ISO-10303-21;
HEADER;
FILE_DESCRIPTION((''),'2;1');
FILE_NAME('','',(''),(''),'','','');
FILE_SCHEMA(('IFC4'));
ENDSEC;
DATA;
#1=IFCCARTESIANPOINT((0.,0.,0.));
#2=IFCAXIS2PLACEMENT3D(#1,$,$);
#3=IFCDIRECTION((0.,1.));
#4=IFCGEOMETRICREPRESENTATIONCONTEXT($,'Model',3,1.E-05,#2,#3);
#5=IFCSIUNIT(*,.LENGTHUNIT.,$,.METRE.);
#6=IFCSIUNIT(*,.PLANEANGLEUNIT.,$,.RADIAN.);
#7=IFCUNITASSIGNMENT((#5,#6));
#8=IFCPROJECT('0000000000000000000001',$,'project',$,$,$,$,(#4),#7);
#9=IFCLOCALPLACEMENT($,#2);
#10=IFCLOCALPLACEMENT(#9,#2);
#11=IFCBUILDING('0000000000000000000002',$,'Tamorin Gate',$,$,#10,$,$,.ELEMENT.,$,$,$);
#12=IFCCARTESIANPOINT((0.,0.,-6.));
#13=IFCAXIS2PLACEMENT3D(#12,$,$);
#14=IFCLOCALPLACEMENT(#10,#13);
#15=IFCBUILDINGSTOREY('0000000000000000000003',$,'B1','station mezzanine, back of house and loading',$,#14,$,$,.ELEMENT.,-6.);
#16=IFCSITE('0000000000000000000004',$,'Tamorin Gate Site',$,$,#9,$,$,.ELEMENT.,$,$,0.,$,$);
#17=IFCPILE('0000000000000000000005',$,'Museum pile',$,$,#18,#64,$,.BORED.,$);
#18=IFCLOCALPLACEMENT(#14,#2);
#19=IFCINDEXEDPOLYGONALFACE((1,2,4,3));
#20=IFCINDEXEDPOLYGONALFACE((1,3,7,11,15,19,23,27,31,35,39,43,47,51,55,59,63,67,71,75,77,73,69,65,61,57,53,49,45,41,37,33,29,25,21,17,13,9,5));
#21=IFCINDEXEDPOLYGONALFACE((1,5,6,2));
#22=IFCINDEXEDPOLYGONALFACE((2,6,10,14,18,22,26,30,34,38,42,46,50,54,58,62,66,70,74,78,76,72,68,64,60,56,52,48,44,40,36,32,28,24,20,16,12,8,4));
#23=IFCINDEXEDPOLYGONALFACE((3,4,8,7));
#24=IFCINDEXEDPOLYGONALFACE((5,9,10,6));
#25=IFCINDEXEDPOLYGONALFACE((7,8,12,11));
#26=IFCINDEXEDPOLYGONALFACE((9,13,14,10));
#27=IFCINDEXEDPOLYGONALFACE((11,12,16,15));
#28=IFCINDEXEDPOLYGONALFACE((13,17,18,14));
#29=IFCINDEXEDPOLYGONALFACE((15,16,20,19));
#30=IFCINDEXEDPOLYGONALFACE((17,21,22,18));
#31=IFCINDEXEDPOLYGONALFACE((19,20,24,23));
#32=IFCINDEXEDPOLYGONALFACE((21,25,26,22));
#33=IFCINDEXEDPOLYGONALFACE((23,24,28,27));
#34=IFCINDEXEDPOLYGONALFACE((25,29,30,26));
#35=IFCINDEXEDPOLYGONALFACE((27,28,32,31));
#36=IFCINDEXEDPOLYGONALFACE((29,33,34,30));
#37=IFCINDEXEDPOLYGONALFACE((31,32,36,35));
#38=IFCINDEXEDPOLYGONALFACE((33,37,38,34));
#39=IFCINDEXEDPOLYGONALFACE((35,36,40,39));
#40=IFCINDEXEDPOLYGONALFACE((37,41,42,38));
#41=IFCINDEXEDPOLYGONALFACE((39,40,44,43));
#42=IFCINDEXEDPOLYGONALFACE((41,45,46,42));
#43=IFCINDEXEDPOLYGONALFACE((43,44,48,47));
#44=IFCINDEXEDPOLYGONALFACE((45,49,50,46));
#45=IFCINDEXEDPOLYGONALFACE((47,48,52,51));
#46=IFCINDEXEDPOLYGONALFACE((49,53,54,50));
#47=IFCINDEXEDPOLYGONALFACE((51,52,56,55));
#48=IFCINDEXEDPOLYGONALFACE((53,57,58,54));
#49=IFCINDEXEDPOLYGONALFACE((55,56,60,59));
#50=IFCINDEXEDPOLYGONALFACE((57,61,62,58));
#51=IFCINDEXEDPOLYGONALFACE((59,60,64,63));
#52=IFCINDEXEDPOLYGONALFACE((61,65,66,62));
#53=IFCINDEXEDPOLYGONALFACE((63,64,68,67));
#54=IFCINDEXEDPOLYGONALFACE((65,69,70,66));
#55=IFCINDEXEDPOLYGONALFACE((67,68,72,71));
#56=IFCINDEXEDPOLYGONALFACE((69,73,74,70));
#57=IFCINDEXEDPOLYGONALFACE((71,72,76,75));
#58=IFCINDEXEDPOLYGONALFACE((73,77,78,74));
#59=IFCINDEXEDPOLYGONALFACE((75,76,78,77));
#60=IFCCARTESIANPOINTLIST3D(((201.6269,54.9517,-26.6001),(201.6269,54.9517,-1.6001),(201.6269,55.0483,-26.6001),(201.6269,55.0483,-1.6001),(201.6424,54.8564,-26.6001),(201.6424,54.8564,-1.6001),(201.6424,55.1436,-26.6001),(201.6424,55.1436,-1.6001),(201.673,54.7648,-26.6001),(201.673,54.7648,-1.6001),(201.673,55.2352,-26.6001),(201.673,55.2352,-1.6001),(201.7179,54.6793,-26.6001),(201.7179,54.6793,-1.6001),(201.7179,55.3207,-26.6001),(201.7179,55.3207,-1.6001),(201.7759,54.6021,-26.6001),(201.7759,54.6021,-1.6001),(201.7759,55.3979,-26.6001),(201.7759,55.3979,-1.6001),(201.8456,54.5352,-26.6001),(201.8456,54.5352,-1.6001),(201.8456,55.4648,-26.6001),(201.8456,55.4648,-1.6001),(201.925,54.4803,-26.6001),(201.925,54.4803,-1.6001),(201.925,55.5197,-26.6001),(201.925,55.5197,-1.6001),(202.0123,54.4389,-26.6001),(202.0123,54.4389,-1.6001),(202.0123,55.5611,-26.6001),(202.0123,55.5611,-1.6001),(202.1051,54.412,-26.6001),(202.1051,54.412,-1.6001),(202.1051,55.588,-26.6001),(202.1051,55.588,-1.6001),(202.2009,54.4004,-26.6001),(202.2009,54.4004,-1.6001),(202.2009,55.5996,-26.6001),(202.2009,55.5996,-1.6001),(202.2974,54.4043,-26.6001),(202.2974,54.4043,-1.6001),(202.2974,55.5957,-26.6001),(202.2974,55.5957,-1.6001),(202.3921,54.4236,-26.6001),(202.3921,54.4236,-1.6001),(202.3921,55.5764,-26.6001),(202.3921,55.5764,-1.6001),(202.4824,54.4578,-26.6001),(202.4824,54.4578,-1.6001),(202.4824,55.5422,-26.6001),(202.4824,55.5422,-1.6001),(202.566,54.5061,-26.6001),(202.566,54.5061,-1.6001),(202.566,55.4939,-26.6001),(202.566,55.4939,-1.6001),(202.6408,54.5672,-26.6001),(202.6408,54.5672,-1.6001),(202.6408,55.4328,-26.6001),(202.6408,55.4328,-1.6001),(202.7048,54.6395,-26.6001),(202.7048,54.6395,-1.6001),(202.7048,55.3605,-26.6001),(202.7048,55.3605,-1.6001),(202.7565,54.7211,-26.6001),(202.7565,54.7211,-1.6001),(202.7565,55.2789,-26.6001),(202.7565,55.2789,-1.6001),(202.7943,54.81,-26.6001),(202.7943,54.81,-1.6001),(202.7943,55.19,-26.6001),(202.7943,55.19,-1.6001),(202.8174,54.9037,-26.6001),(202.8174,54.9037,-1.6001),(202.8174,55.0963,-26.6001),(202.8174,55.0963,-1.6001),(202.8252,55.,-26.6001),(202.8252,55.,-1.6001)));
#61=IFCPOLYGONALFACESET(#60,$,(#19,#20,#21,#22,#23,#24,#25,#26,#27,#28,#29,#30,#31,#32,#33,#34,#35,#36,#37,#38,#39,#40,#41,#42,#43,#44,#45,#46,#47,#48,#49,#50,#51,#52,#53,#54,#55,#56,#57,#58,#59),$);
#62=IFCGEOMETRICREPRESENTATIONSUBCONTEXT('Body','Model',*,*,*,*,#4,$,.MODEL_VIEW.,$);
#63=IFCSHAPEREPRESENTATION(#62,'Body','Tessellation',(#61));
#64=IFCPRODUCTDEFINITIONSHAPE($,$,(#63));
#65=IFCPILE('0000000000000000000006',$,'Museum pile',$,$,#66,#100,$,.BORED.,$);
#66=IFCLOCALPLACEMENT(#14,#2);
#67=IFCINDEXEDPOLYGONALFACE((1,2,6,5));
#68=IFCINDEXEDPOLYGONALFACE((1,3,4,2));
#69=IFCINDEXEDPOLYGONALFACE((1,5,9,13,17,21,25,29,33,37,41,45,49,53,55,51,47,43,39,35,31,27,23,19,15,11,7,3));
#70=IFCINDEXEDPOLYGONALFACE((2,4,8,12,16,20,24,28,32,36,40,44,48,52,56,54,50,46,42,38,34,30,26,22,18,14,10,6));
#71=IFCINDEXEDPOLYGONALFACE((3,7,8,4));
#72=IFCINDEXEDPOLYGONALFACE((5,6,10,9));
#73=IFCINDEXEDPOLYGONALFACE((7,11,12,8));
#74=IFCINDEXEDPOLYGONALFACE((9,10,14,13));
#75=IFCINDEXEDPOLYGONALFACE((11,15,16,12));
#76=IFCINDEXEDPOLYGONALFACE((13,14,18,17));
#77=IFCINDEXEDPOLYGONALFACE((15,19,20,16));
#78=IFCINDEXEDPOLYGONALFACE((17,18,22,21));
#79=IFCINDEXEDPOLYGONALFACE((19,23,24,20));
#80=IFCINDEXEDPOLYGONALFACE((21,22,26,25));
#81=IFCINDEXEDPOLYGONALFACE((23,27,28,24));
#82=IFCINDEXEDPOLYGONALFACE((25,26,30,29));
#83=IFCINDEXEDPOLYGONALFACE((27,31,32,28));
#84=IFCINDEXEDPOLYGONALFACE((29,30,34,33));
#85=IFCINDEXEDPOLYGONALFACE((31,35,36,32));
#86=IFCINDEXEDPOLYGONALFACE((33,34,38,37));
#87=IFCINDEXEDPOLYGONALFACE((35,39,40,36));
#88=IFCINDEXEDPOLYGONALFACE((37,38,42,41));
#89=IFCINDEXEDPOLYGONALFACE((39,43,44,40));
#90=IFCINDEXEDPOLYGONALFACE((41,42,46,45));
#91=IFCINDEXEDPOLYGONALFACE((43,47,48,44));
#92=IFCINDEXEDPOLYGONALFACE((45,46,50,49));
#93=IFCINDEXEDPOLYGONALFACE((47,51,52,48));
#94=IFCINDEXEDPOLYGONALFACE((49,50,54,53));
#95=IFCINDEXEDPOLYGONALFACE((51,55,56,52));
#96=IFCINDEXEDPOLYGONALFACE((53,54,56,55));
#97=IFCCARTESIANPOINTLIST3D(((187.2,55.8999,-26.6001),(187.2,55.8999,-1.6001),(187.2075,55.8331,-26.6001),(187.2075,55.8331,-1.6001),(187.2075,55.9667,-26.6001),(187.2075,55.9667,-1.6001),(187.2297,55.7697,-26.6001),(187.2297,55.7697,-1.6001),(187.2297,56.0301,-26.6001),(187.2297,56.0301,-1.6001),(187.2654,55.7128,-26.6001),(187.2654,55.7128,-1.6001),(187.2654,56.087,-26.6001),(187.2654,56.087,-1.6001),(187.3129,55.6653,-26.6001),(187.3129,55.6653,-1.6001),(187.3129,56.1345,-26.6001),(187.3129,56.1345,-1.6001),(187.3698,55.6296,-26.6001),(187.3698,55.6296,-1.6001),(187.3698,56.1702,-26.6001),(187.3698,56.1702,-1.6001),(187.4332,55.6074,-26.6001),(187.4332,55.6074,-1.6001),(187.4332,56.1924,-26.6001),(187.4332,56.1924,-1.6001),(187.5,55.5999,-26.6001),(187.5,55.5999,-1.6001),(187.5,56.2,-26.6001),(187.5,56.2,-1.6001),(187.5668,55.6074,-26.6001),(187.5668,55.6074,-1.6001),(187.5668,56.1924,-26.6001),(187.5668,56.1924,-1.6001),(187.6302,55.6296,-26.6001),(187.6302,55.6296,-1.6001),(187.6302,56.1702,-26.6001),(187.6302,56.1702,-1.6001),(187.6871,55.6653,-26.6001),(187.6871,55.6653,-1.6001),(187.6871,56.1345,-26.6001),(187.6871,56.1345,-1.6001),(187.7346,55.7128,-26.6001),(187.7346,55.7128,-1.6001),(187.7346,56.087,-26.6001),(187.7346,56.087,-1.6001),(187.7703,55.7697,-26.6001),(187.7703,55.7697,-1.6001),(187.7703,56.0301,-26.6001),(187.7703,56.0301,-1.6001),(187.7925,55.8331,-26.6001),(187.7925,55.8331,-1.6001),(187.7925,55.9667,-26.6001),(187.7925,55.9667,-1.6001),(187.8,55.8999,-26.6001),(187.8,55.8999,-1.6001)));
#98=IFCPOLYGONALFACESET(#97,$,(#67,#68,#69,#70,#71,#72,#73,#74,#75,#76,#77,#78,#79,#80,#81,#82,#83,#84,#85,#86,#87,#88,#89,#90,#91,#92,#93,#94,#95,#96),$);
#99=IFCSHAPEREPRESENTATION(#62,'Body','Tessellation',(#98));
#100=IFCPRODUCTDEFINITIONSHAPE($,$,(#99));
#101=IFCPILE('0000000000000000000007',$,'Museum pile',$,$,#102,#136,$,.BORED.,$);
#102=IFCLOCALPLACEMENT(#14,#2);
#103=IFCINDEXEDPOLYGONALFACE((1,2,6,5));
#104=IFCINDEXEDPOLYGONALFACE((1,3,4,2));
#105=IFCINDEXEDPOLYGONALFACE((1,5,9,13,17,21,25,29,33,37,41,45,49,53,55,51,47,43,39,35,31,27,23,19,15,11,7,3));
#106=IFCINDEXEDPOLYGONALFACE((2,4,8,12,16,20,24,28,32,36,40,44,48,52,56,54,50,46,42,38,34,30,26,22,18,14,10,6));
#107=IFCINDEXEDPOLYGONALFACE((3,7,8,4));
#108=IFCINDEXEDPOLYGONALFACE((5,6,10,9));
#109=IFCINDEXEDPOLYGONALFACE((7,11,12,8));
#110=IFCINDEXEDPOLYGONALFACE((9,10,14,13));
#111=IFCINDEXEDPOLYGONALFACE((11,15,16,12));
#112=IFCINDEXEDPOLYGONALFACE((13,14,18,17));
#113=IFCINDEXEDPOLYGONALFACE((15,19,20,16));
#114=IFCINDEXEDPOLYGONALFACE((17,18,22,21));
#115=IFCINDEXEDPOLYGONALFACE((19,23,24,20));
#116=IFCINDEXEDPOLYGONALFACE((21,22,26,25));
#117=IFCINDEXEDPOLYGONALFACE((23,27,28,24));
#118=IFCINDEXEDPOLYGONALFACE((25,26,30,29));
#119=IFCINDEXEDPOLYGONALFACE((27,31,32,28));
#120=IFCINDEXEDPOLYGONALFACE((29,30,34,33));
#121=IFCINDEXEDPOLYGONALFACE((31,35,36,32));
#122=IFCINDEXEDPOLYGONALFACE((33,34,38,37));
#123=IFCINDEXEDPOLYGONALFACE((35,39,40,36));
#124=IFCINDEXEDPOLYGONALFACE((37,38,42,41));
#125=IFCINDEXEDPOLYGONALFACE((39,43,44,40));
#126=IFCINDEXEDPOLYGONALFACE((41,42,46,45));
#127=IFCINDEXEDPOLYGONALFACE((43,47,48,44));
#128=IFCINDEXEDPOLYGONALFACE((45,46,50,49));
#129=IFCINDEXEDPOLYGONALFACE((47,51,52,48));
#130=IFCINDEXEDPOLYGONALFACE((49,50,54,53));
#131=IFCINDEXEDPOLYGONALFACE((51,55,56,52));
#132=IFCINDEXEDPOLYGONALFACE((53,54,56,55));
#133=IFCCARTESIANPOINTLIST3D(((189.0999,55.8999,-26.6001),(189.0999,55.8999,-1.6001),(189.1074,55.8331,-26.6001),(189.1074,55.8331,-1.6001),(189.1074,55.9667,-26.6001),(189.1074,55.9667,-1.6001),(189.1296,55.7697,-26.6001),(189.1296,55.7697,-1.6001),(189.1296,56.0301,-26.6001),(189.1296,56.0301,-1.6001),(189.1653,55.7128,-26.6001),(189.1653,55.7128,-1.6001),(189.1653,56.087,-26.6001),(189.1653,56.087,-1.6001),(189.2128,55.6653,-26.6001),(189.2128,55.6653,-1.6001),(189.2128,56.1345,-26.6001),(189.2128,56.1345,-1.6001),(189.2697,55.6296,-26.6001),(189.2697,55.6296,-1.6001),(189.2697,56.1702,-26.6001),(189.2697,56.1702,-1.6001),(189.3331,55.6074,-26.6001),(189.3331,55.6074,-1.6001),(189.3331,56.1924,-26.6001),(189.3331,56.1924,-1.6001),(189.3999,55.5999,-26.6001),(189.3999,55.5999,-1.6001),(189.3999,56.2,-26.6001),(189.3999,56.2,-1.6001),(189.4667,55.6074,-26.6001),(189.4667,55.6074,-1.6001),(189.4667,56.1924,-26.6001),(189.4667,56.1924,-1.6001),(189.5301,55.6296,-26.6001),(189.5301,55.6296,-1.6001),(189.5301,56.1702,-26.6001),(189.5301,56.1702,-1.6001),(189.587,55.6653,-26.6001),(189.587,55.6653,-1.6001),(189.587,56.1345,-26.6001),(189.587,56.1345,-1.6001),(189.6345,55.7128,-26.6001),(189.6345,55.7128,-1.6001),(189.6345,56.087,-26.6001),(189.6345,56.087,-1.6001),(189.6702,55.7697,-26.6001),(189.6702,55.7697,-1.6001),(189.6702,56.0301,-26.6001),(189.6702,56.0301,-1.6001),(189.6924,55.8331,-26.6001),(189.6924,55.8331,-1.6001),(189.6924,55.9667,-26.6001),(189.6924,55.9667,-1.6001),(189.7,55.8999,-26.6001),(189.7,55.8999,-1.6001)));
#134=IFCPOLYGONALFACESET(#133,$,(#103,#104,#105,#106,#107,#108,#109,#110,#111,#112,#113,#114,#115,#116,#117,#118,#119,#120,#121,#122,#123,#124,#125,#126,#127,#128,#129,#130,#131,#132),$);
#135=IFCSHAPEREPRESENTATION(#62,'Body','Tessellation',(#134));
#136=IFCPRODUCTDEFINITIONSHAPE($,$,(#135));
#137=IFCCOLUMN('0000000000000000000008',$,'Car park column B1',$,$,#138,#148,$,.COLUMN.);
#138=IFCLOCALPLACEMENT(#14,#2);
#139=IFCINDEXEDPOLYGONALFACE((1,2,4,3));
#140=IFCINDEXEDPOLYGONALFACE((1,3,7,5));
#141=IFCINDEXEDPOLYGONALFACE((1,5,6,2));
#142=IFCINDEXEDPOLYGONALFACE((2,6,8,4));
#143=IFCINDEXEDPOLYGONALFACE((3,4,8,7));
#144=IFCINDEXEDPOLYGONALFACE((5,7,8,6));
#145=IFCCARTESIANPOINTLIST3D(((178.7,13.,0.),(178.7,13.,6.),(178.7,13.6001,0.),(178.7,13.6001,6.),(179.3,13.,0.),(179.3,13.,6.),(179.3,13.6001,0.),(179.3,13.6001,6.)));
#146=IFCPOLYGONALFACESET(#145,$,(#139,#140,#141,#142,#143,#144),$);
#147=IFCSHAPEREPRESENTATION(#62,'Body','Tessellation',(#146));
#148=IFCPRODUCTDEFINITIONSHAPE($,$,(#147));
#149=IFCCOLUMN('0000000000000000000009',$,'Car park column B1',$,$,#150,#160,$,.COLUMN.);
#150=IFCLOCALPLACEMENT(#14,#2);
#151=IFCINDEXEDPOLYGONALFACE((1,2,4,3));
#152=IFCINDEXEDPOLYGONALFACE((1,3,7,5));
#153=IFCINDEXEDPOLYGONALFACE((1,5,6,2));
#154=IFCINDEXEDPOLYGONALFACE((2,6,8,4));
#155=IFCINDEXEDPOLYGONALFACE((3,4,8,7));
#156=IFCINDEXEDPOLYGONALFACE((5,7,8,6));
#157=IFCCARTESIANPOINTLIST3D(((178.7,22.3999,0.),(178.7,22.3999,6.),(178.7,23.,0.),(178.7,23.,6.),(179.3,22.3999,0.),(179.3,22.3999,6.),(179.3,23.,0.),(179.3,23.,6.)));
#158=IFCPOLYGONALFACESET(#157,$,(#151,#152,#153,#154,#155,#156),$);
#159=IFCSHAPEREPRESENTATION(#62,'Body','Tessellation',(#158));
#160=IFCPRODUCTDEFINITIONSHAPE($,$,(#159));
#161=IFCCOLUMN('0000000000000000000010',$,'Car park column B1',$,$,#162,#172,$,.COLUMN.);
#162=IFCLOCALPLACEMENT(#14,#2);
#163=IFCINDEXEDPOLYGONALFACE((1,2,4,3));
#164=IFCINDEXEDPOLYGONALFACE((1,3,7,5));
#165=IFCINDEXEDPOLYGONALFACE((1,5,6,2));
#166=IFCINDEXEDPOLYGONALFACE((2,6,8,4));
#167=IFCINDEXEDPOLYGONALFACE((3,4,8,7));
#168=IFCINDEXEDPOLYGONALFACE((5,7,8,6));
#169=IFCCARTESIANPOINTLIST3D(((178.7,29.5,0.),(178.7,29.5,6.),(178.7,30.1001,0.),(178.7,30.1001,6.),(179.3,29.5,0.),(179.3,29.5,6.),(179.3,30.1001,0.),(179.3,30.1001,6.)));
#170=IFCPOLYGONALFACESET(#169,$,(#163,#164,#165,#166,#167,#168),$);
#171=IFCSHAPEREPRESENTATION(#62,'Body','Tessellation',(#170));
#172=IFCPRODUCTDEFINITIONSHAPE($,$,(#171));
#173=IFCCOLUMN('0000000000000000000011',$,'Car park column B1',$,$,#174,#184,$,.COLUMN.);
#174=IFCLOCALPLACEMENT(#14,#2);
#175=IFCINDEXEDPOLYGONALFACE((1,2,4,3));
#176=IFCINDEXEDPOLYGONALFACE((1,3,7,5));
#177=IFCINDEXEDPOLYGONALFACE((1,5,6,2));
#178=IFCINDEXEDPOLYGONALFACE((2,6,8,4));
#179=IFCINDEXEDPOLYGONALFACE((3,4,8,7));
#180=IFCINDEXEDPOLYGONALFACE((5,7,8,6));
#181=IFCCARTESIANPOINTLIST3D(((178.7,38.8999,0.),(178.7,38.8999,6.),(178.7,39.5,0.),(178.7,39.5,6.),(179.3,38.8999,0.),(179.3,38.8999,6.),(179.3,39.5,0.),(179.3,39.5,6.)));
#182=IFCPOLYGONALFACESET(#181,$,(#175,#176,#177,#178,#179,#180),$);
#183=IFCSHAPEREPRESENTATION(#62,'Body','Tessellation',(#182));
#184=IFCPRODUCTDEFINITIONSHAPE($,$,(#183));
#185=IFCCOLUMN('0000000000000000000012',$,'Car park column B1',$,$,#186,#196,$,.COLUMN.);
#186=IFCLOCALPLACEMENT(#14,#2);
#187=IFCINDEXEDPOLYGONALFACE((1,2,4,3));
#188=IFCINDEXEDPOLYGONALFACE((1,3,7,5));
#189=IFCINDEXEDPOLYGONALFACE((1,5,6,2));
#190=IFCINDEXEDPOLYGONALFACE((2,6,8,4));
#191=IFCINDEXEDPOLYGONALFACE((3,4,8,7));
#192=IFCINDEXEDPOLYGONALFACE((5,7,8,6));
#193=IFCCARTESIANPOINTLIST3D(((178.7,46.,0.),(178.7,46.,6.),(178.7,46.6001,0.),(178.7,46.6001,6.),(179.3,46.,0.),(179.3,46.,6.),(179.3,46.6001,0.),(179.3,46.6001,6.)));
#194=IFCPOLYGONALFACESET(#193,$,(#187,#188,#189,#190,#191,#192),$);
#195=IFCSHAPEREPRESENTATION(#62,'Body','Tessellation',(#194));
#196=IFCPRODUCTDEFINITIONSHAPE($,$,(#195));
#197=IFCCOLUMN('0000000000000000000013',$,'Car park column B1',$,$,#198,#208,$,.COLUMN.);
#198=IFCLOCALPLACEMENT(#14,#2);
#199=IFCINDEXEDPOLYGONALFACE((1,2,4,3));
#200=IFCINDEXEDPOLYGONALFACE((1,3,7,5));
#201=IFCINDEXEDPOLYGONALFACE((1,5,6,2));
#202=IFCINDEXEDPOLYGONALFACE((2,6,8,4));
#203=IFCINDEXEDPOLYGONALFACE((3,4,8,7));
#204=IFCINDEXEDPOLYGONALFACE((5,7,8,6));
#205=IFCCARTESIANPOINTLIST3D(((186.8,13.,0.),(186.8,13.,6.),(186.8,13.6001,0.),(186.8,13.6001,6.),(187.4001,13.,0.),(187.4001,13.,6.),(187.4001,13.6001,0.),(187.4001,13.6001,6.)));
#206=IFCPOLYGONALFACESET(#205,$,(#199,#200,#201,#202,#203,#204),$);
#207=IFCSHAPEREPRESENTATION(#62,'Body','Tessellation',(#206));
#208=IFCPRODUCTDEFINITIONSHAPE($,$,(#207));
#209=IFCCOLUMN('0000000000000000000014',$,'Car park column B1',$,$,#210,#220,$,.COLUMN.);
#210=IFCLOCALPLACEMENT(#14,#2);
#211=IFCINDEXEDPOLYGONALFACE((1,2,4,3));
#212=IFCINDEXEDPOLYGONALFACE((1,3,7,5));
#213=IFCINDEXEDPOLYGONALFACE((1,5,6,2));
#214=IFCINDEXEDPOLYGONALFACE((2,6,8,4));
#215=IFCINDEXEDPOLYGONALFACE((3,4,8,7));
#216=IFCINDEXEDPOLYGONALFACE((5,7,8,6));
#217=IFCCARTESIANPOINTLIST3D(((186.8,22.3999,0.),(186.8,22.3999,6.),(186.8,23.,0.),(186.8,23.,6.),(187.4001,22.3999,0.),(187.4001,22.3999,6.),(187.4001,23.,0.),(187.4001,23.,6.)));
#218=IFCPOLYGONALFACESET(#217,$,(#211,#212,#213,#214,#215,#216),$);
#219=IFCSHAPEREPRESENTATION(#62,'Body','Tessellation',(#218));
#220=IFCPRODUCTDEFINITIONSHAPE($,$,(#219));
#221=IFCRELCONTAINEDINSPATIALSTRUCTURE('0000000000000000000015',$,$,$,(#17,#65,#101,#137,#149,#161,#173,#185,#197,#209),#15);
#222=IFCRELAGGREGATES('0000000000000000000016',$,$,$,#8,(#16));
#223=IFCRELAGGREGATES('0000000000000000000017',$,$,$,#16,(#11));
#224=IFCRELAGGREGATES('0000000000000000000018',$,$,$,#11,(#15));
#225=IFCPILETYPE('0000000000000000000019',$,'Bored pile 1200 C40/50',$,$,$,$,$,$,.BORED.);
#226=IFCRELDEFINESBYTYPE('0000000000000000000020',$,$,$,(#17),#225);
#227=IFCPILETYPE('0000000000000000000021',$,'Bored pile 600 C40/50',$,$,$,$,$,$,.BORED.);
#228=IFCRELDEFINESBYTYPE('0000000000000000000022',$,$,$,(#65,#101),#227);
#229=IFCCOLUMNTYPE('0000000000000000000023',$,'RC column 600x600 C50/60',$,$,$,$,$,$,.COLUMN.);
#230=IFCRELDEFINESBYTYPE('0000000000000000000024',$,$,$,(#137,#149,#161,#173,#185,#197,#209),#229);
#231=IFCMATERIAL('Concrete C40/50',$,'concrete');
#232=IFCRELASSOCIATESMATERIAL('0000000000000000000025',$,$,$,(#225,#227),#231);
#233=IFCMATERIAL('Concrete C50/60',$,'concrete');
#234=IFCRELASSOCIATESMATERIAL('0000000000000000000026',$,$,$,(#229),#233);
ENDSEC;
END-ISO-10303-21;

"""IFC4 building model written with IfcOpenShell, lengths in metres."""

from ifc_helpers import new_model, si_unit, direction, frame, origin, origin_2d, place, context, subcontext, project, spatial, rectangle, circle, extrude, material, material_profile, profile_set, type_object, element, save


model = new_model("IFC4")

# Units and contexts
model_context = context("Model", 3, precision=1e-05, world=origin(), true_north=direction((0.0, 1.0)))
body_context = subcontext(model_context, "Body", "Model", "MODEL_VIEW")
ifc_project = project(units=[si_unit("LENGTHUNIT", "METRE"), si_unit("PLANEANGLEUNIT", "RADIAN")], contexts=[model_context])

# Site, building, storey
site_placement = place(None, origin())
site = spatial("IfcSite", under=ifc_project, at=site_placement, Name="Tamorin Gate Site", CompositionType="ELEMENT", RefElevation=0.0)
building_placement = place(site_placement, origin())
building = spatial("IfcBuilding", under=site, at=building_placement, Name="Tamorin Gate", CompositionType="ELEMENT")
storey_placement = place(building_placement, frame((0.0, 0.0, -6.0)))
storey = spatial("IfcBuildingStorey", under=building, at=storey_placement, Name="B1", Description="station mezzanine, back of house and loading", CompositionType="ELEMENT", Elevation=-6.0)

# Piles
ifc_material_1 = material(Name="Concrete C40/50", Category="concrete")
ifc_material_profile_1 = material_profile(ifc_material_1, circle(Radius=0.6001, at=origin_2d()))
ifc_profile_set_1 = profile_set([ifc_material_profile_1], Name="Concrete C40/50")
pile_type_1 = type_object("IfcPileType", Name="Bored pile 1200 C40/50", PredefinedType="BORED", material=ifc_profile_set_1)
for number, where, z_axis, x_axis, name in (
    (1, (202.2251, 55.0, -1.6001), (0.0, 0.0, -1.0), (1.0, 0.0, 0.0), "Museum pile"),
):
    element("IfcPile", number, at=place(storey_placement, frame(where, z_axis=z_axis, x_axis=x_axis)), inside=storey, type_object=pile_type_1, Name=name, PredefinedType="BORED", context=body_context, shape_type="SweptSolid", body=[
        extrude(circle(Radius=0.6001, at=origin_2d()), origin(), (0.0, 0.0, 1.0), 25.0),
    ])
ifc_material_profile_2 = material_profile(ifc_material_1, circle(Radius=0.3, at=origin_2d()))
ifc_profile_set_2 = profile_set([ifc_material_profile_2], Name="Concrete C40/50")
pile_type_2 = type_object("IfcPileType", Name="Bored pile 600 C40/50", PredefinedType="BORED", material=ifc_profile_set_2)
for number, where, z_axis, x_axis, name in (
    (2, (187.5, 55.8999, -1.6001), (0.0, 0.0, -1.0), (1.0, 0.0, 0.0), "Museum pile"),
    (3, (189.3999, 55.8999, -1.6001), (0.0, 0.0, -1.0), (1.0, 0.0, 0.0), "Museum pile"),
):
    element("IfcPile", number, at=place(storey_placement, frame(where, z_axis=z_axis, x_axis=x_axis)), inside=storey, type_object=pile_type_2, Name=name, PredefinedType="BORED", context=body_context, shape_type="SweptSolid", body=[
        extrude(circle(Radius=0.3, at=origin_2d()), origin(), (0.0, 0.0, 1.0), 25.0),
    ])

# Columns
ifc_material_2 = material(Name="Concrete C50/60", Category="concrete")
ifc_material_profile_3 = material_profile(ifc_material_2, rectangle(XDim=0.6001, YDim=0.6001, at=origin_2d()))
ifc_profile_set_3 = profile_set([ifc_material_profile_3], Name="Concrete C50/60")
column_type_1 = type_object("IfcColumnType", Name="RC column 600x600 C50/60", PredefinedType="COLUMN", material=ifc_profile_set_3)
for number, where, z_axis, x_axis, name in (
    (4, (179.0, 13.3, 0.0), (0.0, 0.0, 1.0), (1.0, 0.0, 0.0), "Car park column B1"),
    (5, (179.0, 22.7, 0.0), (0.0, 0.0, 1.0), (1.0, 0.0, 0.0), "Car park column B1"),
    (6, (179.0, 29.8, 0.0), (0.0, 0.0, 1.0), (1.0, 0.0, 0.0), "Car park column B1"),
    (7, (179.0, 39.2, 0.0), (0.0, 0.0, 1.0), (1.0, 0.0, 0.0), "Car park column B1"),
    (8, (179.0, 46.3, 0.0), (0.0, 0.0, 1.0), (1.0, 0.0, 0.0), "Car park column B1"),
    (9, (187.1001, 13.3, 0.0), (0.0, 0.0, 1.0), (1.0, 0.0, 0.0), "Car park column B1"),
    (10, (187.1001, 22.7, 0.0), (0.0, 0.0, 1.0), (1.0, 0.0, 0.0), "Car park column B1"),
):
    element("IfcColumn", number, at=place(storey_placement, frame(where, z_axis=z_axis, x_axis=x_axis)), inside=storey, type_object=column_type_1, Name=name, PredefinedType="COLUMN", context=body_context, shape_type="SweptSolid", body=[
        extrude(rectangle(XDim=0.6001, YDim=0.6001, at=origin_2d()), origin(), (0.0, 0.0, 1.0), 6.0),
    ])

save(model, "model.ifc")
